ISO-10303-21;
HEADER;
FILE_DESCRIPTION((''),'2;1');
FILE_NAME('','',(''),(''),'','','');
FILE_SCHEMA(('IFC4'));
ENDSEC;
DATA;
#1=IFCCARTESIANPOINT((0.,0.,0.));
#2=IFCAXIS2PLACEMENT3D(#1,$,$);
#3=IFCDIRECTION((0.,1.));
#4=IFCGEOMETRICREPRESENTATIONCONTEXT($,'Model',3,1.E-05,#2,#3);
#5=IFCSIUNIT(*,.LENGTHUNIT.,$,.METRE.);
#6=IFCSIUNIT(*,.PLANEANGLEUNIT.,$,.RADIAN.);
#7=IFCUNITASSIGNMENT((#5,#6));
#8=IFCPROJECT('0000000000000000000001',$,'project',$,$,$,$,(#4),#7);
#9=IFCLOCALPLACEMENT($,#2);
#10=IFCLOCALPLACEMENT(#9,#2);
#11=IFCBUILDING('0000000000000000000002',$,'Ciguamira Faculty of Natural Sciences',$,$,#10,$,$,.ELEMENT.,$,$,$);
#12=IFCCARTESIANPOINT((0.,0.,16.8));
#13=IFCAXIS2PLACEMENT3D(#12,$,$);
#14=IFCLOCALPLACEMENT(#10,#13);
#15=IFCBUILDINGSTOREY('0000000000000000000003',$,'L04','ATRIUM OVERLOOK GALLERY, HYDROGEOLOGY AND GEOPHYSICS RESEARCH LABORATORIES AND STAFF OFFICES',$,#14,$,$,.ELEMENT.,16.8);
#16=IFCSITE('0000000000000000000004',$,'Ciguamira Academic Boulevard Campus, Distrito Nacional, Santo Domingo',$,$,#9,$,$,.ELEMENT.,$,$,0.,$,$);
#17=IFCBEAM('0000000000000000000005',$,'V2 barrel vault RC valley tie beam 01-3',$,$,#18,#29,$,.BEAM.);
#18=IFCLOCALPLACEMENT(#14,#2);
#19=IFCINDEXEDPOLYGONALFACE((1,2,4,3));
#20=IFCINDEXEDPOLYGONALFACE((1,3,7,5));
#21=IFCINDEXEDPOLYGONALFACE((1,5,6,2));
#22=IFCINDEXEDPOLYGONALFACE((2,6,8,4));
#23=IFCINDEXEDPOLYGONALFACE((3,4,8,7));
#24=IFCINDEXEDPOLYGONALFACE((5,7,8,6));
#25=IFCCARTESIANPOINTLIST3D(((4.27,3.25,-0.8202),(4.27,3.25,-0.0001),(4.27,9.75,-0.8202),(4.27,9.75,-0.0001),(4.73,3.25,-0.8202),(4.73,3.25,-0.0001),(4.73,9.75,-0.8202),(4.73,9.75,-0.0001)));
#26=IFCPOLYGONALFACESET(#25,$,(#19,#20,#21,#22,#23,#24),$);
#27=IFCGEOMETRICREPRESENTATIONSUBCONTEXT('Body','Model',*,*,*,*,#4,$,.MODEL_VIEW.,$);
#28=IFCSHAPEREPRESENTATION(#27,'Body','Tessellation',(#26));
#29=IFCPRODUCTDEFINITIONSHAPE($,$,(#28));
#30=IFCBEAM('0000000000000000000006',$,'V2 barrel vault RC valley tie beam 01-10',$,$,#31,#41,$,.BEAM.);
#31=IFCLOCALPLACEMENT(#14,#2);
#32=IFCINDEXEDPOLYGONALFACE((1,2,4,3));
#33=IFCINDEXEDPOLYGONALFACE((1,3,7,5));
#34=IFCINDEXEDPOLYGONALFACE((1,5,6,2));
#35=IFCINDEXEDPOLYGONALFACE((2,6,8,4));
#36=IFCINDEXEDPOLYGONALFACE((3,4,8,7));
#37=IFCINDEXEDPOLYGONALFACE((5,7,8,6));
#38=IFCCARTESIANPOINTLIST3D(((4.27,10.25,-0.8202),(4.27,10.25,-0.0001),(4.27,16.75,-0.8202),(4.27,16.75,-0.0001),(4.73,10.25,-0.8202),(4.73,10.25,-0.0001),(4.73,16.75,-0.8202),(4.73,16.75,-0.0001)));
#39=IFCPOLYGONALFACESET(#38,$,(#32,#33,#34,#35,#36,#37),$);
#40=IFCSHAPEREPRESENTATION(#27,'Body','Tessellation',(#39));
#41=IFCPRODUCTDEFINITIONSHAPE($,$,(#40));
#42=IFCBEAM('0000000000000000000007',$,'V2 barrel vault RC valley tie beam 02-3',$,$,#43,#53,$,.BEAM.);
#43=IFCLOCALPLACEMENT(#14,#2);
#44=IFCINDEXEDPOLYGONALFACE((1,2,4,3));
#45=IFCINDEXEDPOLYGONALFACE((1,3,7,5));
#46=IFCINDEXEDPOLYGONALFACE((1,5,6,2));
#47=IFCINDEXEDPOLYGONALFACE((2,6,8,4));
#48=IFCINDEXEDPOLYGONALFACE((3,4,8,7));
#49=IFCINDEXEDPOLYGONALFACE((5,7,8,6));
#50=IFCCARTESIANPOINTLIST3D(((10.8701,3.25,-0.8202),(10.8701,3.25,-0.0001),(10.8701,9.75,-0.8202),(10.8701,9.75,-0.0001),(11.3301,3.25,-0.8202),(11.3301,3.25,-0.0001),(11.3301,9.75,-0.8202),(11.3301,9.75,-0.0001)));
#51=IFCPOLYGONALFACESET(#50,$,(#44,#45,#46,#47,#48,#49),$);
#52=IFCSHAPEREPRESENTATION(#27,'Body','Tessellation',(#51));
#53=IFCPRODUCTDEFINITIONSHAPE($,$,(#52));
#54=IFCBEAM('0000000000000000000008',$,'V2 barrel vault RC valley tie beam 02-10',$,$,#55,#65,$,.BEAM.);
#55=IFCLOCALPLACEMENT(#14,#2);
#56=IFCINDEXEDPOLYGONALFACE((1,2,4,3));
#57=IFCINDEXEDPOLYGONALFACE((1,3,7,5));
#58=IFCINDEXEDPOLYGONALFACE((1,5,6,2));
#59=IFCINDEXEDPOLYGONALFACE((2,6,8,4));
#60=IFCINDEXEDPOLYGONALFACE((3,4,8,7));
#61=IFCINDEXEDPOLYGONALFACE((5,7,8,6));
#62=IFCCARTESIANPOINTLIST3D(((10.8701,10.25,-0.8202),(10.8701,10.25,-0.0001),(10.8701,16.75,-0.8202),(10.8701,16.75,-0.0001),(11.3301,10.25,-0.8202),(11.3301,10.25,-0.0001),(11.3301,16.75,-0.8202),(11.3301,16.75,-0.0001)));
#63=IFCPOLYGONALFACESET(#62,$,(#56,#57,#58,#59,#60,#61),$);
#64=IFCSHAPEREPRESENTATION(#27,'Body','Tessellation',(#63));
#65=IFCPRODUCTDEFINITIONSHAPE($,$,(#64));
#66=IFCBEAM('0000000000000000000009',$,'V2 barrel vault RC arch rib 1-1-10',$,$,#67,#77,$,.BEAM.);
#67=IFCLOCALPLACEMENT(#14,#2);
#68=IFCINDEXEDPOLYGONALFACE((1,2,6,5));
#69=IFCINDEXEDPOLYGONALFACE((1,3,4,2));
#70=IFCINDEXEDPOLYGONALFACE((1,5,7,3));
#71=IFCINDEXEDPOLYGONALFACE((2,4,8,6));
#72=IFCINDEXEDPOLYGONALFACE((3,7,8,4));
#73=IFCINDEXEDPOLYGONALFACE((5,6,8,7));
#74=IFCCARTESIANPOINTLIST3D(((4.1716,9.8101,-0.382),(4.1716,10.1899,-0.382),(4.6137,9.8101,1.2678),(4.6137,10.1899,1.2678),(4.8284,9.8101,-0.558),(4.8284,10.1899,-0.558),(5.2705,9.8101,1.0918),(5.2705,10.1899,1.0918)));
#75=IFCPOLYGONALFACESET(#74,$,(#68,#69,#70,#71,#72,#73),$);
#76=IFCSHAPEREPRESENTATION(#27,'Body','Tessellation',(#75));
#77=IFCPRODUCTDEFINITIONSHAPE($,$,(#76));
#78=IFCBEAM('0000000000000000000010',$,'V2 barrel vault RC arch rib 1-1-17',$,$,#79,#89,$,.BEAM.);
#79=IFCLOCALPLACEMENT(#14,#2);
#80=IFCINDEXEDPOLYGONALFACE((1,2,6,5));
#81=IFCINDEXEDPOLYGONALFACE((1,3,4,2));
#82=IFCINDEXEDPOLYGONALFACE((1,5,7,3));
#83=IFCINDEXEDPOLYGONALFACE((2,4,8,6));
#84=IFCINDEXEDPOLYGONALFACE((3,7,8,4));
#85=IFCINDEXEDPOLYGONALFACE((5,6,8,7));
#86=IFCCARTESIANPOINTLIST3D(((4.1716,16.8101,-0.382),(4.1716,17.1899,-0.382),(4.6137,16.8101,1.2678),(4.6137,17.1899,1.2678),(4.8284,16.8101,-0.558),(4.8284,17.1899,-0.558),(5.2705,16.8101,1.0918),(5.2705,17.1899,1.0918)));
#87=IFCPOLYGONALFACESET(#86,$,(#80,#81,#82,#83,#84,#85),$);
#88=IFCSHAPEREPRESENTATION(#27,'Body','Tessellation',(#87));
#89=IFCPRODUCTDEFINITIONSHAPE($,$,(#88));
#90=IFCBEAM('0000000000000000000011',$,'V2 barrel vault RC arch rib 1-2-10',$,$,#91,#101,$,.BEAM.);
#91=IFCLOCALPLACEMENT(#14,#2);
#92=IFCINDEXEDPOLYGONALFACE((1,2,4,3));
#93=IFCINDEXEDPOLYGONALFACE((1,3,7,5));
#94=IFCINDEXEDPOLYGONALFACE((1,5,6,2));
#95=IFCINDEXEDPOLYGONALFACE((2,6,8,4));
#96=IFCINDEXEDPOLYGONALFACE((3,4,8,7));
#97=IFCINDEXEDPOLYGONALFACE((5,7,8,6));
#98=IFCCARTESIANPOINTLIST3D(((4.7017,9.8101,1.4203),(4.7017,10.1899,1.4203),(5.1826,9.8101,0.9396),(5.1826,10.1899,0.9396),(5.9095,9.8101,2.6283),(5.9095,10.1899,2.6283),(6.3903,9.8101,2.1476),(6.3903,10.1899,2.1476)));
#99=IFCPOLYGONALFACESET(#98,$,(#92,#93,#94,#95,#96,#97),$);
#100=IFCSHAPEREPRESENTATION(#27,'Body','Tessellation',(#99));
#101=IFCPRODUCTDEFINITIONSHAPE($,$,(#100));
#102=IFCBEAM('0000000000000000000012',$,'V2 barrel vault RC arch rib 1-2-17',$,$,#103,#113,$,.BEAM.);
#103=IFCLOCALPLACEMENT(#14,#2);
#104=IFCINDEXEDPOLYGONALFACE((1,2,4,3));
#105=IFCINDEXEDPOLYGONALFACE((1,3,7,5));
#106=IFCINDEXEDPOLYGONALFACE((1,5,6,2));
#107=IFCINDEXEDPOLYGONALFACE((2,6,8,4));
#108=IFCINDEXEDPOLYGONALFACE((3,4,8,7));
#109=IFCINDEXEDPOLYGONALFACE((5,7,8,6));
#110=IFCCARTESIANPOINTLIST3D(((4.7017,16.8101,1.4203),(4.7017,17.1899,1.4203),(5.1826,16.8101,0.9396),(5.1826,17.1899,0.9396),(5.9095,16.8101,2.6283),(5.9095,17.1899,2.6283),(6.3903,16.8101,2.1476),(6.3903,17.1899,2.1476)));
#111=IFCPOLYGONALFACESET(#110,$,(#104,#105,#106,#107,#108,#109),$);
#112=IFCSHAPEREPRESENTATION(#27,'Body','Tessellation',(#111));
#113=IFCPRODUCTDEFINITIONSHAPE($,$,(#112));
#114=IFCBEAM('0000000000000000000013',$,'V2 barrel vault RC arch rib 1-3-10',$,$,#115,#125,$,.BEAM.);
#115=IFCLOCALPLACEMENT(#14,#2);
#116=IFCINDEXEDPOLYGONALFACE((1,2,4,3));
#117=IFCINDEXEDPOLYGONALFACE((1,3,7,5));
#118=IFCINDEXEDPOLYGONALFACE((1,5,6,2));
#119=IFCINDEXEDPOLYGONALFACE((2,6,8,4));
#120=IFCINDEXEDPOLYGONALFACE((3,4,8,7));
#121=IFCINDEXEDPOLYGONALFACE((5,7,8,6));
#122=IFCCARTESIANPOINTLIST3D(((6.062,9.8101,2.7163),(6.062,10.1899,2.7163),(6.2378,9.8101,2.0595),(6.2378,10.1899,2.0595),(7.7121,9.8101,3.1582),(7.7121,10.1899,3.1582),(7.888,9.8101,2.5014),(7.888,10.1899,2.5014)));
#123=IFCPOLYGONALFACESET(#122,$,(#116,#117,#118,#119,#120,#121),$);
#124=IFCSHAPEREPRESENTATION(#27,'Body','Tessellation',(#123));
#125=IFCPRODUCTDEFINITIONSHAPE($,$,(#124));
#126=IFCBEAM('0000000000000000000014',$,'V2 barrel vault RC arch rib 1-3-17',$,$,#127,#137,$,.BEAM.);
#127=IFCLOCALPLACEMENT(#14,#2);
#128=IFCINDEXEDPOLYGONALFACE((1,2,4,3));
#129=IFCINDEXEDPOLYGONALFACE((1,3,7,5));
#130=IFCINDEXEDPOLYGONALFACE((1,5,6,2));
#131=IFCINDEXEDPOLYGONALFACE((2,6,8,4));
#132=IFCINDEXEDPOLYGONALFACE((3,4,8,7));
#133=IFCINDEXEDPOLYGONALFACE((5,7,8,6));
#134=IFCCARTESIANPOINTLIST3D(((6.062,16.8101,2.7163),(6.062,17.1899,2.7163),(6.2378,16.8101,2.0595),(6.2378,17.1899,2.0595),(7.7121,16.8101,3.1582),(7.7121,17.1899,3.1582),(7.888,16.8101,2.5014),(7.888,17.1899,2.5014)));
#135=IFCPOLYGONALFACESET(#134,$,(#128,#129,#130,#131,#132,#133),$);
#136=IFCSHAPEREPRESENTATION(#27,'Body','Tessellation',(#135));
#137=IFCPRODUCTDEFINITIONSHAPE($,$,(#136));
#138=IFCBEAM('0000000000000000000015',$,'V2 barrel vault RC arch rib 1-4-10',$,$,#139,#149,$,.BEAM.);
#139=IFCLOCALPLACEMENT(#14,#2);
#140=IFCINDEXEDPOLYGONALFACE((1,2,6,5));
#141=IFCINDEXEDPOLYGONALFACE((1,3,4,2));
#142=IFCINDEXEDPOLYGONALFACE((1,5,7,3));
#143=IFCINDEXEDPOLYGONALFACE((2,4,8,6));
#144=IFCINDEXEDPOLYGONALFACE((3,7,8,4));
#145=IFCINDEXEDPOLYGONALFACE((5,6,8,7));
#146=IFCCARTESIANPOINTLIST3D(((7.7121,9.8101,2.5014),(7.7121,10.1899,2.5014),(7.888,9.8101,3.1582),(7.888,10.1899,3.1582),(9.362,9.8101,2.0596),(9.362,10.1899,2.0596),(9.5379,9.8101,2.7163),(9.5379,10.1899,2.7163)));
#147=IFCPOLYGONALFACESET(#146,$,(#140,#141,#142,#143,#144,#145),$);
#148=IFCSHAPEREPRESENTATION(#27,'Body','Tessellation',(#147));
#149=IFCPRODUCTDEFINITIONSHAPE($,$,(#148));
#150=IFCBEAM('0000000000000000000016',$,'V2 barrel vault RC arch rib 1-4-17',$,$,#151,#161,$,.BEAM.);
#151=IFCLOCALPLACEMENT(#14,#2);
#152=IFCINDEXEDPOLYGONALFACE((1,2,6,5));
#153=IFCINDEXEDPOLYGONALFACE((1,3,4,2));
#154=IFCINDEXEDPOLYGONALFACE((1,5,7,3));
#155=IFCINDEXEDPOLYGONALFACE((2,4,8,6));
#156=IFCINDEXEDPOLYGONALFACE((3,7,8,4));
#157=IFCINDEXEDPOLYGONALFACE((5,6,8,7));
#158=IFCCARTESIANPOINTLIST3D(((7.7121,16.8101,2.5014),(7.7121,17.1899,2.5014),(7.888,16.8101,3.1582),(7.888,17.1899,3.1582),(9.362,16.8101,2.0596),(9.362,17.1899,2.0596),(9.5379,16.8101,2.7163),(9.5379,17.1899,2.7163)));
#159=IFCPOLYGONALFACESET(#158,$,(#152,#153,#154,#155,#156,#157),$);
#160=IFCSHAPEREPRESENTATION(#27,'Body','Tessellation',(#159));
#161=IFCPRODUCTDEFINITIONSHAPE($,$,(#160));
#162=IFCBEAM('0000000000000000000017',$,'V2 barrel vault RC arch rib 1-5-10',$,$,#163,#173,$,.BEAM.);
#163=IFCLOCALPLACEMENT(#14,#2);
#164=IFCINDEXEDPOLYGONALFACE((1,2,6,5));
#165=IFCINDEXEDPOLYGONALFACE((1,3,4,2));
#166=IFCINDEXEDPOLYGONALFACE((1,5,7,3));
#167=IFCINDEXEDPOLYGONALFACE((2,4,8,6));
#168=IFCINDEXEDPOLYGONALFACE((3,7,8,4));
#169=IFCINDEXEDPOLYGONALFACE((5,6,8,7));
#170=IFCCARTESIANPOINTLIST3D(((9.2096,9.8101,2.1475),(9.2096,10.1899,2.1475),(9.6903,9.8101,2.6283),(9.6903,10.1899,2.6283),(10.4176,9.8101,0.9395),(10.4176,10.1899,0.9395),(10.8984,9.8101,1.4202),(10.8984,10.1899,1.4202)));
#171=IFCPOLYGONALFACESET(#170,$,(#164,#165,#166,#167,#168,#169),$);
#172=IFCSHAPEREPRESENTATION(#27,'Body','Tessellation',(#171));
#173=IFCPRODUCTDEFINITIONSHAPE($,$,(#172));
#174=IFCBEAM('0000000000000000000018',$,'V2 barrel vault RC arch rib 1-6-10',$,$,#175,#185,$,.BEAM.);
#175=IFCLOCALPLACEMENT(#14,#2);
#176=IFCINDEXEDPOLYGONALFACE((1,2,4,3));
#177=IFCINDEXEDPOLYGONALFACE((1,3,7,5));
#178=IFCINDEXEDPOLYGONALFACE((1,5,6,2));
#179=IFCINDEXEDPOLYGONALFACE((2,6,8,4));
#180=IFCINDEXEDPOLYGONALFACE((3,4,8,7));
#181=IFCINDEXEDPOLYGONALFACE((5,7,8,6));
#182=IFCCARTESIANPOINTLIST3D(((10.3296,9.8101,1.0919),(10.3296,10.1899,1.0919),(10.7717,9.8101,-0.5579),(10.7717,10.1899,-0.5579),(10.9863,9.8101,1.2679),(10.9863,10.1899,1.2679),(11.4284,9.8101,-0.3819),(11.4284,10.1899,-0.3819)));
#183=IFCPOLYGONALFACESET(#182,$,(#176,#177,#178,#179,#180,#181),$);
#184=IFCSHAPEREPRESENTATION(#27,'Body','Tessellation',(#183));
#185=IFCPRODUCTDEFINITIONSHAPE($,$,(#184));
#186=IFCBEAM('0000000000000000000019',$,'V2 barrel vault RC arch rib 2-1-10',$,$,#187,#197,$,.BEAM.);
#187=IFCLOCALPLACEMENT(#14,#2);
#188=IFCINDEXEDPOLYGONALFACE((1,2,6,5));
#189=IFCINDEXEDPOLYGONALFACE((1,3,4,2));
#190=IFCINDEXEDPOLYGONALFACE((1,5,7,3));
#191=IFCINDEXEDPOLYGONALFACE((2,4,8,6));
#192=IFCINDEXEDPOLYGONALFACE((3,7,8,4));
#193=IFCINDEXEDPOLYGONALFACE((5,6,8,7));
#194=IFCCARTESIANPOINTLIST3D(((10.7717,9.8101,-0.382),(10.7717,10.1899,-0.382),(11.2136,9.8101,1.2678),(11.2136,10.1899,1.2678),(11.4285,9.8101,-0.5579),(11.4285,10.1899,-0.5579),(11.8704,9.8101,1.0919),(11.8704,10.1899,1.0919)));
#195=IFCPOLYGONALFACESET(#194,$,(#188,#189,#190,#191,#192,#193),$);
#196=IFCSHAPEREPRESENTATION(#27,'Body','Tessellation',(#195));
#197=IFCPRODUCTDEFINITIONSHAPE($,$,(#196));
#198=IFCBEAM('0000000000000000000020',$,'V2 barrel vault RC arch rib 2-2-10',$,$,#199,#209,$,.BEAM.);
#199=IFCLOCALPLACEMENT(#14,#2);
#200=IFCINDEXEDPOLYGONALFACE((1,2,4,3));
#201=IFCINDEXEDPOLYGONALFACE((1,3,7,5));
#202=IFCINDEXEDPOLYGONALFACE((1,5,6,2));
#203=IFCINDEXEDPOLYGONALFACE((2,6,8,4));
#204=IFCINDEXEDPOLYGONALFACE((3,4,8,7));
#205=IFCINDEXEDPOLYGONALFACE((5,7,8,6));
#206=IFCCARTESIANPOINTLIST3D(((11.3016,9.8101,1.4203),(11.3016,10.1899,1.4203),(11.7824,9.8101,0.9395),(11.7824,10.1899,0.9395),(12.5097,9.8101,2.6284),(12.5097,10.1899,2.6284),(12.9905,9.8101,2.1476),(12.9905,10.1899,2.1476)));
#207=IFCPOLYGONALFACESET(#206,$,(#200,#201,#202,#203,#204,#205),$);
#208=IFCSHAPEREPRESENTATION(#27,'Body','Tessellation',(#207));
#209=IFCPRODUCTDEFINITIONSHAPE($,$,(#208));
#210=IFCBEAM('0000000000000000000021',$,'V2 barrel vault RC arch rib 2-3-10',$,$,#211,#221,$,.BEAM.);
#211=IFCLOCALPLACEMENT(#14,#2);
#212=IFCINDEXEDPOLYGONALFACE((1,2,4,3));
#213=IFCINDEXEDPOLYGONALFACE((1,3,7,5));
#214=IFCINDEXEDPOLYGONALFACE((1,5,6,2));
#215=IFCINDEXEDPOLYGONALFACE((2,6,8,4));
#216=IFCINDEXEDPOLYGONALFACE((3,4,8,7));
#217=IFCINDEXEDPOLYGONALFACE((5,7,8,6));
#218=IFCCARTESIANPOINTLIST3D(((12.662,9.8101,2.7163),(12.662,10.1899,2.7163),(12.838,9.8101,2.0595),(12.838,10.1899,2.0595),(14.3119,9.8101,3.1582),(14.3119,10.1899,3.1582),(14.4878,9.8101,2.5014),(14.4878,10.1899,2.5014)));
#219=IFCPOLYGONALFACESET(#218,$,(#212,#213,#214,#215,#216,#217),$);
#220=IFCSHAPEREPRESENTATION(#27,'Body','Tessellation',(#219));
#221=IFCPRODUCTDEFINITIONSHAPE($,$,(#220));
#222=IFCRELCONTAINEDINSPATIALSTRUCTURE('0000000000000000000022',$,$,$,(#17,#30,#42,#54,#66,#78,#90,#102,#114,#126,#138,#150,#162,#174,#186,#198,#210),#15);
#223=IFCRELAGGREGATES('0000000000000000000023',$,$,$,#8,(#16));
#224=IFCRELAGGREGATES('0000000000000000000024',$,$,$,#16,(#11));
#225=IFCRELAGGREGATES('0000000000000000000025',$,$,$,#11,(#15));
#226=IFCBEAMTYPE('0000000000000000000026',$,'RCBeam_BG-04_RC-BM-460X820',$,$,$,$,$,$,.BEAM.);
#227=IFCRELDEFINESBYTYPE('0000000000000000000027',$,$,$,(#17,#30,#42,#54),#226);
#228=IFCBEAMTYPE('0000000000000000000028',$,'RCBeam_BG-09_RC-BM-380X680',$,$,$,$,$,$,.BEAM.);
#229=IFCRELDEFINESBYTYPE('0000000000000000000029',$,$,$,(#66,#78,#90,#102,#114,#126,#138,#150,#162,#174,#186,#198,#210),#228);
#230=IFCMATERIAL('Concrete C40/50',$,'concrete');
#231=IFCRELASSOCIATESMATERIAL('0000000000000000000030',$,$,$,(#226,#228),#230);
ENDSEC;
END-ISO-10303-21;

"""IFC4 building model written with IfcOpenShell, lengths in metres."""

from ifc_helpers import new_model, si_unit, direction, frame, origin, origin_2d, place, context, subcontext, project, spatial, rectangle, extrude, material, material_profile, profile_set, type_object, element, save


model = new_model("IFC4")

# Units and contexts
model_context = context("Model", 3, precision=1e-05, world=origin(), true_north=direction((0.0, 1.0)))
body_context = subcontext(model_context, "Body", "Model", "MODEL_VIEW")
ifc_project = project(units=[si_unit("LENGTHUNIT", "METRE"), si_unit("PLANEANGLEUNIT", "RADIAN")], contexts=[model_context])

# Site, building, storey
site_placement = place(None, origin())
site = spatial("IfcSite", under=ifc_project, at=site_placement, Name="Ciguamira Academic Boulevard Campus, Distrito Nacional, Santo Domingo", CompositionType="ELEMENT", RefElevation=0.0)
building_placement = place(site_placement, origin())
building = spatial("IfcBuilding", under=site, at=building_placement, Name="Ciguamira Faculty of Natural Sciences", CompositionType="ELEMENT")
storey_placement = place(building_placement, frame((0.0, 0.0, 16.8)))
storey = spatial("IfcBuildingStorey", under=building, at=storey_placement, Name="L04", Description="ATRIUM OVERLOOK GALLERY, HYDROGEOLOGY AND GEOPHYSICS RESEARCH LABORATORIES AND STAFF OFFICES", CompositionType="ELEMENT", Elevation=16.8)

# Beams
ifc_material_1 = material(Name="Concrete C40/50", Category="concrete")
ifc_material_profile_1 = material_profile(ifc_material_1, rectangle(XDim=0.46, YDim=0.8201, at=origin_2d()), Name="RC-BM-460X820")
ifc_profile_set_1 = profile_set([ifc_material_profile_1], Name="Concrete C40/50")
beam_type_1 = type_object("IfcBeamType", Name="RCBeam_BG-04_RC-BM-460X820", PredefinedType="BEAM", material=ifc_profile_set_1)
for number, where, z_axis, x_axis, name in (
    (1, (4.5, 3.25, -0.4102), (0.0, 1.0, 0.0), (-1.0, 0.0, 0.0), "V2 barrel vault RC valley tie beam 01-3"),
    (2, (4.5, 10.25, -0.4102), (0.0, 1.0, 0.0), (-1.0, 0.0, 0.0), "V2 barrel vault RC valley tie beam 01-10"),
    (3, (11.1001, 3.25, -0.4102), (0.0, 1.0, 0.0), (-1.0, 0.0, 0.0), "V2 barrel vault RC valley tie beam 02-3"),
    (4, (11.1001, 10.25, -0.4102), (0.0, 1.0, 0.0), (-1.0, 0.0, 0.0), "V2 barrel vault RC valley tie beam 02-10"),
):
    element("IfcBeam", number, at=place(storey_placement, frame(where, z_axis=z_axis, x_axis=x_axis)), inside=storey, type_object=beam_type_1, Name=name, PredefinedType="BEAM", context=body_context, shape_type="SweptSolid", body=[
        extrude(rectangle(XDim=0.46, YDim=0.8201, at=origin_2d()), origin(), (0.0, 0.0, 1.0), 6.5),
    ])
ifc_material_profile_2 = material_profile(ifc_material_1, rectangle(XDim=0.3799, YDim=0.6799, at=origin_2d()), Name="RC-BM-380X680")
ifc_profile_set_2 = profile_set([ifc_material_profile_2], Name="Concrete C40/50")
beam_type_2 = type_object("IfcBeamType", Name="RCBeam_BG-09_RC-BM-380X680", PredefinedType="BEAM", material=ifc_profile_set_2)
for number, where, z_axis, x_axis, name in (
    (5, (4.5, 10.0, -0.47), (0.258846, 0.0, 0.965919), (0.0, 1.0, 0.0), "V2 barrel vault RC arch rib 1-1-10"),
    (6, (4.5, 17.0, -0.47), (0.258846, 0.0, 0.965919), (0.0, 1.0, 0.0), "V2 barrel vault RC arch rib 1-1-17"),
):
    element("IfcBeam", number, at=place(storey_placement, frame(where, z_axis=z_axis, x_axis=x_axis)), inside=storey, type_object=beam_type_2, Name=name, PredefinedType="BEAM", context=body_context, shape_type="SweptSolid", body=[
        extrude(rectangle(XDim=0.3799, YDim=0.6799, at=origin_2d()), origin(), (0.0, 0.0, 1.0), 1.708),
    ])
for number, where, z_axis, x_axis, name in (
    (7, (4.9421, 10.0, 1.1799), (0.707035, 0.0, 0.707178), (0.0, 1.0, 0.0), "V2 barrel vault RC arch rib 1-2-10"),
    (8, (4.9421, 17.0, 1.1799), (0.707035, 0.0, 0.707178), (0.0, 1.0, 0.0), "V2 barrel vault RC arch rib 1-2-17"),
    (9, (6.1499, 10.0, 2.3879), (0.965964, 0.0, 0.258677), (0.0, 1.0, 0.0), "V2 barrel vault RC arch rib 1-3-10"),
    (10, (6.1499, 17.0, 2.3879), (0.965964, 0.0, 0.258677), (0.0, 1.0, 0.0), "V2 barrel vault RC arch rib 1-3-17"),
):
    element("IfcBeam", number, at=place(storey_placement, frame(where, z_axis=z_axis, x_axis=x_axis)), inside=storey, type_object=beam_type_2, Name=name, PredefinedType="BEAM", context=body_context, shape_type="SweptSolid", body=[
        extrude(rectangle(XDim=0.3799, YDim=0.6799, at=origin_2d()), origin(), (0.0, 0.0, 1.0), 1.7083),
    ])
for number, where, z_axis, x_axis, name in (
    (11, (7.8, 10.0, 2.8298), (0.965954, 0.0, -0.258712), (0.0, 1.0, 0.0), "V2 barrel vault RC arch rib 1-4-10"),
    (12, (7.8, 17.0, 2.8298), (0.965954, 0.0, -0.258712), (0.0, 1.0, 0.0), "V2 barrel vault RC arch rib 1-4-17"),
):
    element("IfcBeam", number, at=place(storey_placement, frame(where, z_axis=z_axis, x_axis=x_axis)), inside=storey, type_object=beam_type_2, Name=name, PredefinedType="BEAM", context=body_context, shape_type="SweptSolid", body=[
        extrude(rectangle(XDim=0.3799, YDim=0.6799, at=origin_2d()), origin(), (0.0, 0.0, 1.0), 1.708),
    ])
beam_1_placement = place(storey_placement, frame((9.45, 10.0, 2.3879), z_axis=(0.707107, 0.0, -0.707107), x_axis=(0.0, 1.0, 0.0)))
element("IfcBeam", 13, at=beam_1_placement, inside=storey, type_object=beam_type_2, Name="V2 barrel vault RC arch rib 1-5-10", PredefinedType="BEAM", context=body_context, shape_type="SweptSolid", body=[
    extrude(rectangle(XDim=0.3799, YDim=0.6799, at=origin_2d()), origin(), (0.0, 0.0, 1.0), 1.7085),
])
for number, where, z_axis, x_axis, name in (
    (14, (10.658, 10.0, 1.1799), (0.258846, 0.0, -0.965919), (0.0, 1.0, 0.0), "V2 barrel vault RC arch rib 1-6-10"),
    (15, (11.1001, 10.0, -0.47), (0.258712, 0.0, 0.965954), (0.0, 1.0, 0.0), "V2 barrel vault RC arch rib 2-1-10"),
):
    element("IfcBeam", number, at=place(storey_placement, frame(where, z_axis=z_axis, x_axis=x_axis)), inside=storey, type_object=beam_type_2, Name=name, PredefinedType="BEAM", context=body_context, shape_type="SweptSolid", body=[
        extrude(rectangle(XDim=0.3799, YDim=0.6799, at=origin_2d()), origin(), (0.0, 0.0, 1.0), 1.708),
    ])
beam_2_placement = place(storey_placement, frame((11.542, 10.0, 1.1799), z_axis=(0.707107, 0.0, 0.707107), x_axis=(0.0, 1.0, 0.0)))
element("IfcBeam", 16, at=beam_2_placement, inside=storey, type_object=beam_type_2, Name="V2 barrel vault RC arch rib 2-2-10", PredefinedType="BEAM", context=body_context, shape_type="SweptSolid", body=[
    extrude(rectangle(XDim=0.3799, YDim=0.6799, at=origin_2d()), origin(), (0.0, 0.0, 1.0), 1.7085),
])
beam_3_placement = place(storey_placement, frame((12.75, 10.0, 2.3879), z_axis=(0.965954, 0.0, 0.258712), x_axis=(0.0, 1.0, 0.0)))
element("IfcBeam", 17, at=beam_3_placement, inside=storey, type_object=beam_type_2, Name="V2 barrel vault RC arch rib 2-3-10", PredefinedType="BEAM", context=body_context, shape_type="SweptSolid", body=[
    extrude(rectangle(XDim=0.3799, YDim=0.6799, at=origin_2d()), origin(), (0.0, 0.0, 1.0), 1.708),
])

save(model, "model.ifc")
